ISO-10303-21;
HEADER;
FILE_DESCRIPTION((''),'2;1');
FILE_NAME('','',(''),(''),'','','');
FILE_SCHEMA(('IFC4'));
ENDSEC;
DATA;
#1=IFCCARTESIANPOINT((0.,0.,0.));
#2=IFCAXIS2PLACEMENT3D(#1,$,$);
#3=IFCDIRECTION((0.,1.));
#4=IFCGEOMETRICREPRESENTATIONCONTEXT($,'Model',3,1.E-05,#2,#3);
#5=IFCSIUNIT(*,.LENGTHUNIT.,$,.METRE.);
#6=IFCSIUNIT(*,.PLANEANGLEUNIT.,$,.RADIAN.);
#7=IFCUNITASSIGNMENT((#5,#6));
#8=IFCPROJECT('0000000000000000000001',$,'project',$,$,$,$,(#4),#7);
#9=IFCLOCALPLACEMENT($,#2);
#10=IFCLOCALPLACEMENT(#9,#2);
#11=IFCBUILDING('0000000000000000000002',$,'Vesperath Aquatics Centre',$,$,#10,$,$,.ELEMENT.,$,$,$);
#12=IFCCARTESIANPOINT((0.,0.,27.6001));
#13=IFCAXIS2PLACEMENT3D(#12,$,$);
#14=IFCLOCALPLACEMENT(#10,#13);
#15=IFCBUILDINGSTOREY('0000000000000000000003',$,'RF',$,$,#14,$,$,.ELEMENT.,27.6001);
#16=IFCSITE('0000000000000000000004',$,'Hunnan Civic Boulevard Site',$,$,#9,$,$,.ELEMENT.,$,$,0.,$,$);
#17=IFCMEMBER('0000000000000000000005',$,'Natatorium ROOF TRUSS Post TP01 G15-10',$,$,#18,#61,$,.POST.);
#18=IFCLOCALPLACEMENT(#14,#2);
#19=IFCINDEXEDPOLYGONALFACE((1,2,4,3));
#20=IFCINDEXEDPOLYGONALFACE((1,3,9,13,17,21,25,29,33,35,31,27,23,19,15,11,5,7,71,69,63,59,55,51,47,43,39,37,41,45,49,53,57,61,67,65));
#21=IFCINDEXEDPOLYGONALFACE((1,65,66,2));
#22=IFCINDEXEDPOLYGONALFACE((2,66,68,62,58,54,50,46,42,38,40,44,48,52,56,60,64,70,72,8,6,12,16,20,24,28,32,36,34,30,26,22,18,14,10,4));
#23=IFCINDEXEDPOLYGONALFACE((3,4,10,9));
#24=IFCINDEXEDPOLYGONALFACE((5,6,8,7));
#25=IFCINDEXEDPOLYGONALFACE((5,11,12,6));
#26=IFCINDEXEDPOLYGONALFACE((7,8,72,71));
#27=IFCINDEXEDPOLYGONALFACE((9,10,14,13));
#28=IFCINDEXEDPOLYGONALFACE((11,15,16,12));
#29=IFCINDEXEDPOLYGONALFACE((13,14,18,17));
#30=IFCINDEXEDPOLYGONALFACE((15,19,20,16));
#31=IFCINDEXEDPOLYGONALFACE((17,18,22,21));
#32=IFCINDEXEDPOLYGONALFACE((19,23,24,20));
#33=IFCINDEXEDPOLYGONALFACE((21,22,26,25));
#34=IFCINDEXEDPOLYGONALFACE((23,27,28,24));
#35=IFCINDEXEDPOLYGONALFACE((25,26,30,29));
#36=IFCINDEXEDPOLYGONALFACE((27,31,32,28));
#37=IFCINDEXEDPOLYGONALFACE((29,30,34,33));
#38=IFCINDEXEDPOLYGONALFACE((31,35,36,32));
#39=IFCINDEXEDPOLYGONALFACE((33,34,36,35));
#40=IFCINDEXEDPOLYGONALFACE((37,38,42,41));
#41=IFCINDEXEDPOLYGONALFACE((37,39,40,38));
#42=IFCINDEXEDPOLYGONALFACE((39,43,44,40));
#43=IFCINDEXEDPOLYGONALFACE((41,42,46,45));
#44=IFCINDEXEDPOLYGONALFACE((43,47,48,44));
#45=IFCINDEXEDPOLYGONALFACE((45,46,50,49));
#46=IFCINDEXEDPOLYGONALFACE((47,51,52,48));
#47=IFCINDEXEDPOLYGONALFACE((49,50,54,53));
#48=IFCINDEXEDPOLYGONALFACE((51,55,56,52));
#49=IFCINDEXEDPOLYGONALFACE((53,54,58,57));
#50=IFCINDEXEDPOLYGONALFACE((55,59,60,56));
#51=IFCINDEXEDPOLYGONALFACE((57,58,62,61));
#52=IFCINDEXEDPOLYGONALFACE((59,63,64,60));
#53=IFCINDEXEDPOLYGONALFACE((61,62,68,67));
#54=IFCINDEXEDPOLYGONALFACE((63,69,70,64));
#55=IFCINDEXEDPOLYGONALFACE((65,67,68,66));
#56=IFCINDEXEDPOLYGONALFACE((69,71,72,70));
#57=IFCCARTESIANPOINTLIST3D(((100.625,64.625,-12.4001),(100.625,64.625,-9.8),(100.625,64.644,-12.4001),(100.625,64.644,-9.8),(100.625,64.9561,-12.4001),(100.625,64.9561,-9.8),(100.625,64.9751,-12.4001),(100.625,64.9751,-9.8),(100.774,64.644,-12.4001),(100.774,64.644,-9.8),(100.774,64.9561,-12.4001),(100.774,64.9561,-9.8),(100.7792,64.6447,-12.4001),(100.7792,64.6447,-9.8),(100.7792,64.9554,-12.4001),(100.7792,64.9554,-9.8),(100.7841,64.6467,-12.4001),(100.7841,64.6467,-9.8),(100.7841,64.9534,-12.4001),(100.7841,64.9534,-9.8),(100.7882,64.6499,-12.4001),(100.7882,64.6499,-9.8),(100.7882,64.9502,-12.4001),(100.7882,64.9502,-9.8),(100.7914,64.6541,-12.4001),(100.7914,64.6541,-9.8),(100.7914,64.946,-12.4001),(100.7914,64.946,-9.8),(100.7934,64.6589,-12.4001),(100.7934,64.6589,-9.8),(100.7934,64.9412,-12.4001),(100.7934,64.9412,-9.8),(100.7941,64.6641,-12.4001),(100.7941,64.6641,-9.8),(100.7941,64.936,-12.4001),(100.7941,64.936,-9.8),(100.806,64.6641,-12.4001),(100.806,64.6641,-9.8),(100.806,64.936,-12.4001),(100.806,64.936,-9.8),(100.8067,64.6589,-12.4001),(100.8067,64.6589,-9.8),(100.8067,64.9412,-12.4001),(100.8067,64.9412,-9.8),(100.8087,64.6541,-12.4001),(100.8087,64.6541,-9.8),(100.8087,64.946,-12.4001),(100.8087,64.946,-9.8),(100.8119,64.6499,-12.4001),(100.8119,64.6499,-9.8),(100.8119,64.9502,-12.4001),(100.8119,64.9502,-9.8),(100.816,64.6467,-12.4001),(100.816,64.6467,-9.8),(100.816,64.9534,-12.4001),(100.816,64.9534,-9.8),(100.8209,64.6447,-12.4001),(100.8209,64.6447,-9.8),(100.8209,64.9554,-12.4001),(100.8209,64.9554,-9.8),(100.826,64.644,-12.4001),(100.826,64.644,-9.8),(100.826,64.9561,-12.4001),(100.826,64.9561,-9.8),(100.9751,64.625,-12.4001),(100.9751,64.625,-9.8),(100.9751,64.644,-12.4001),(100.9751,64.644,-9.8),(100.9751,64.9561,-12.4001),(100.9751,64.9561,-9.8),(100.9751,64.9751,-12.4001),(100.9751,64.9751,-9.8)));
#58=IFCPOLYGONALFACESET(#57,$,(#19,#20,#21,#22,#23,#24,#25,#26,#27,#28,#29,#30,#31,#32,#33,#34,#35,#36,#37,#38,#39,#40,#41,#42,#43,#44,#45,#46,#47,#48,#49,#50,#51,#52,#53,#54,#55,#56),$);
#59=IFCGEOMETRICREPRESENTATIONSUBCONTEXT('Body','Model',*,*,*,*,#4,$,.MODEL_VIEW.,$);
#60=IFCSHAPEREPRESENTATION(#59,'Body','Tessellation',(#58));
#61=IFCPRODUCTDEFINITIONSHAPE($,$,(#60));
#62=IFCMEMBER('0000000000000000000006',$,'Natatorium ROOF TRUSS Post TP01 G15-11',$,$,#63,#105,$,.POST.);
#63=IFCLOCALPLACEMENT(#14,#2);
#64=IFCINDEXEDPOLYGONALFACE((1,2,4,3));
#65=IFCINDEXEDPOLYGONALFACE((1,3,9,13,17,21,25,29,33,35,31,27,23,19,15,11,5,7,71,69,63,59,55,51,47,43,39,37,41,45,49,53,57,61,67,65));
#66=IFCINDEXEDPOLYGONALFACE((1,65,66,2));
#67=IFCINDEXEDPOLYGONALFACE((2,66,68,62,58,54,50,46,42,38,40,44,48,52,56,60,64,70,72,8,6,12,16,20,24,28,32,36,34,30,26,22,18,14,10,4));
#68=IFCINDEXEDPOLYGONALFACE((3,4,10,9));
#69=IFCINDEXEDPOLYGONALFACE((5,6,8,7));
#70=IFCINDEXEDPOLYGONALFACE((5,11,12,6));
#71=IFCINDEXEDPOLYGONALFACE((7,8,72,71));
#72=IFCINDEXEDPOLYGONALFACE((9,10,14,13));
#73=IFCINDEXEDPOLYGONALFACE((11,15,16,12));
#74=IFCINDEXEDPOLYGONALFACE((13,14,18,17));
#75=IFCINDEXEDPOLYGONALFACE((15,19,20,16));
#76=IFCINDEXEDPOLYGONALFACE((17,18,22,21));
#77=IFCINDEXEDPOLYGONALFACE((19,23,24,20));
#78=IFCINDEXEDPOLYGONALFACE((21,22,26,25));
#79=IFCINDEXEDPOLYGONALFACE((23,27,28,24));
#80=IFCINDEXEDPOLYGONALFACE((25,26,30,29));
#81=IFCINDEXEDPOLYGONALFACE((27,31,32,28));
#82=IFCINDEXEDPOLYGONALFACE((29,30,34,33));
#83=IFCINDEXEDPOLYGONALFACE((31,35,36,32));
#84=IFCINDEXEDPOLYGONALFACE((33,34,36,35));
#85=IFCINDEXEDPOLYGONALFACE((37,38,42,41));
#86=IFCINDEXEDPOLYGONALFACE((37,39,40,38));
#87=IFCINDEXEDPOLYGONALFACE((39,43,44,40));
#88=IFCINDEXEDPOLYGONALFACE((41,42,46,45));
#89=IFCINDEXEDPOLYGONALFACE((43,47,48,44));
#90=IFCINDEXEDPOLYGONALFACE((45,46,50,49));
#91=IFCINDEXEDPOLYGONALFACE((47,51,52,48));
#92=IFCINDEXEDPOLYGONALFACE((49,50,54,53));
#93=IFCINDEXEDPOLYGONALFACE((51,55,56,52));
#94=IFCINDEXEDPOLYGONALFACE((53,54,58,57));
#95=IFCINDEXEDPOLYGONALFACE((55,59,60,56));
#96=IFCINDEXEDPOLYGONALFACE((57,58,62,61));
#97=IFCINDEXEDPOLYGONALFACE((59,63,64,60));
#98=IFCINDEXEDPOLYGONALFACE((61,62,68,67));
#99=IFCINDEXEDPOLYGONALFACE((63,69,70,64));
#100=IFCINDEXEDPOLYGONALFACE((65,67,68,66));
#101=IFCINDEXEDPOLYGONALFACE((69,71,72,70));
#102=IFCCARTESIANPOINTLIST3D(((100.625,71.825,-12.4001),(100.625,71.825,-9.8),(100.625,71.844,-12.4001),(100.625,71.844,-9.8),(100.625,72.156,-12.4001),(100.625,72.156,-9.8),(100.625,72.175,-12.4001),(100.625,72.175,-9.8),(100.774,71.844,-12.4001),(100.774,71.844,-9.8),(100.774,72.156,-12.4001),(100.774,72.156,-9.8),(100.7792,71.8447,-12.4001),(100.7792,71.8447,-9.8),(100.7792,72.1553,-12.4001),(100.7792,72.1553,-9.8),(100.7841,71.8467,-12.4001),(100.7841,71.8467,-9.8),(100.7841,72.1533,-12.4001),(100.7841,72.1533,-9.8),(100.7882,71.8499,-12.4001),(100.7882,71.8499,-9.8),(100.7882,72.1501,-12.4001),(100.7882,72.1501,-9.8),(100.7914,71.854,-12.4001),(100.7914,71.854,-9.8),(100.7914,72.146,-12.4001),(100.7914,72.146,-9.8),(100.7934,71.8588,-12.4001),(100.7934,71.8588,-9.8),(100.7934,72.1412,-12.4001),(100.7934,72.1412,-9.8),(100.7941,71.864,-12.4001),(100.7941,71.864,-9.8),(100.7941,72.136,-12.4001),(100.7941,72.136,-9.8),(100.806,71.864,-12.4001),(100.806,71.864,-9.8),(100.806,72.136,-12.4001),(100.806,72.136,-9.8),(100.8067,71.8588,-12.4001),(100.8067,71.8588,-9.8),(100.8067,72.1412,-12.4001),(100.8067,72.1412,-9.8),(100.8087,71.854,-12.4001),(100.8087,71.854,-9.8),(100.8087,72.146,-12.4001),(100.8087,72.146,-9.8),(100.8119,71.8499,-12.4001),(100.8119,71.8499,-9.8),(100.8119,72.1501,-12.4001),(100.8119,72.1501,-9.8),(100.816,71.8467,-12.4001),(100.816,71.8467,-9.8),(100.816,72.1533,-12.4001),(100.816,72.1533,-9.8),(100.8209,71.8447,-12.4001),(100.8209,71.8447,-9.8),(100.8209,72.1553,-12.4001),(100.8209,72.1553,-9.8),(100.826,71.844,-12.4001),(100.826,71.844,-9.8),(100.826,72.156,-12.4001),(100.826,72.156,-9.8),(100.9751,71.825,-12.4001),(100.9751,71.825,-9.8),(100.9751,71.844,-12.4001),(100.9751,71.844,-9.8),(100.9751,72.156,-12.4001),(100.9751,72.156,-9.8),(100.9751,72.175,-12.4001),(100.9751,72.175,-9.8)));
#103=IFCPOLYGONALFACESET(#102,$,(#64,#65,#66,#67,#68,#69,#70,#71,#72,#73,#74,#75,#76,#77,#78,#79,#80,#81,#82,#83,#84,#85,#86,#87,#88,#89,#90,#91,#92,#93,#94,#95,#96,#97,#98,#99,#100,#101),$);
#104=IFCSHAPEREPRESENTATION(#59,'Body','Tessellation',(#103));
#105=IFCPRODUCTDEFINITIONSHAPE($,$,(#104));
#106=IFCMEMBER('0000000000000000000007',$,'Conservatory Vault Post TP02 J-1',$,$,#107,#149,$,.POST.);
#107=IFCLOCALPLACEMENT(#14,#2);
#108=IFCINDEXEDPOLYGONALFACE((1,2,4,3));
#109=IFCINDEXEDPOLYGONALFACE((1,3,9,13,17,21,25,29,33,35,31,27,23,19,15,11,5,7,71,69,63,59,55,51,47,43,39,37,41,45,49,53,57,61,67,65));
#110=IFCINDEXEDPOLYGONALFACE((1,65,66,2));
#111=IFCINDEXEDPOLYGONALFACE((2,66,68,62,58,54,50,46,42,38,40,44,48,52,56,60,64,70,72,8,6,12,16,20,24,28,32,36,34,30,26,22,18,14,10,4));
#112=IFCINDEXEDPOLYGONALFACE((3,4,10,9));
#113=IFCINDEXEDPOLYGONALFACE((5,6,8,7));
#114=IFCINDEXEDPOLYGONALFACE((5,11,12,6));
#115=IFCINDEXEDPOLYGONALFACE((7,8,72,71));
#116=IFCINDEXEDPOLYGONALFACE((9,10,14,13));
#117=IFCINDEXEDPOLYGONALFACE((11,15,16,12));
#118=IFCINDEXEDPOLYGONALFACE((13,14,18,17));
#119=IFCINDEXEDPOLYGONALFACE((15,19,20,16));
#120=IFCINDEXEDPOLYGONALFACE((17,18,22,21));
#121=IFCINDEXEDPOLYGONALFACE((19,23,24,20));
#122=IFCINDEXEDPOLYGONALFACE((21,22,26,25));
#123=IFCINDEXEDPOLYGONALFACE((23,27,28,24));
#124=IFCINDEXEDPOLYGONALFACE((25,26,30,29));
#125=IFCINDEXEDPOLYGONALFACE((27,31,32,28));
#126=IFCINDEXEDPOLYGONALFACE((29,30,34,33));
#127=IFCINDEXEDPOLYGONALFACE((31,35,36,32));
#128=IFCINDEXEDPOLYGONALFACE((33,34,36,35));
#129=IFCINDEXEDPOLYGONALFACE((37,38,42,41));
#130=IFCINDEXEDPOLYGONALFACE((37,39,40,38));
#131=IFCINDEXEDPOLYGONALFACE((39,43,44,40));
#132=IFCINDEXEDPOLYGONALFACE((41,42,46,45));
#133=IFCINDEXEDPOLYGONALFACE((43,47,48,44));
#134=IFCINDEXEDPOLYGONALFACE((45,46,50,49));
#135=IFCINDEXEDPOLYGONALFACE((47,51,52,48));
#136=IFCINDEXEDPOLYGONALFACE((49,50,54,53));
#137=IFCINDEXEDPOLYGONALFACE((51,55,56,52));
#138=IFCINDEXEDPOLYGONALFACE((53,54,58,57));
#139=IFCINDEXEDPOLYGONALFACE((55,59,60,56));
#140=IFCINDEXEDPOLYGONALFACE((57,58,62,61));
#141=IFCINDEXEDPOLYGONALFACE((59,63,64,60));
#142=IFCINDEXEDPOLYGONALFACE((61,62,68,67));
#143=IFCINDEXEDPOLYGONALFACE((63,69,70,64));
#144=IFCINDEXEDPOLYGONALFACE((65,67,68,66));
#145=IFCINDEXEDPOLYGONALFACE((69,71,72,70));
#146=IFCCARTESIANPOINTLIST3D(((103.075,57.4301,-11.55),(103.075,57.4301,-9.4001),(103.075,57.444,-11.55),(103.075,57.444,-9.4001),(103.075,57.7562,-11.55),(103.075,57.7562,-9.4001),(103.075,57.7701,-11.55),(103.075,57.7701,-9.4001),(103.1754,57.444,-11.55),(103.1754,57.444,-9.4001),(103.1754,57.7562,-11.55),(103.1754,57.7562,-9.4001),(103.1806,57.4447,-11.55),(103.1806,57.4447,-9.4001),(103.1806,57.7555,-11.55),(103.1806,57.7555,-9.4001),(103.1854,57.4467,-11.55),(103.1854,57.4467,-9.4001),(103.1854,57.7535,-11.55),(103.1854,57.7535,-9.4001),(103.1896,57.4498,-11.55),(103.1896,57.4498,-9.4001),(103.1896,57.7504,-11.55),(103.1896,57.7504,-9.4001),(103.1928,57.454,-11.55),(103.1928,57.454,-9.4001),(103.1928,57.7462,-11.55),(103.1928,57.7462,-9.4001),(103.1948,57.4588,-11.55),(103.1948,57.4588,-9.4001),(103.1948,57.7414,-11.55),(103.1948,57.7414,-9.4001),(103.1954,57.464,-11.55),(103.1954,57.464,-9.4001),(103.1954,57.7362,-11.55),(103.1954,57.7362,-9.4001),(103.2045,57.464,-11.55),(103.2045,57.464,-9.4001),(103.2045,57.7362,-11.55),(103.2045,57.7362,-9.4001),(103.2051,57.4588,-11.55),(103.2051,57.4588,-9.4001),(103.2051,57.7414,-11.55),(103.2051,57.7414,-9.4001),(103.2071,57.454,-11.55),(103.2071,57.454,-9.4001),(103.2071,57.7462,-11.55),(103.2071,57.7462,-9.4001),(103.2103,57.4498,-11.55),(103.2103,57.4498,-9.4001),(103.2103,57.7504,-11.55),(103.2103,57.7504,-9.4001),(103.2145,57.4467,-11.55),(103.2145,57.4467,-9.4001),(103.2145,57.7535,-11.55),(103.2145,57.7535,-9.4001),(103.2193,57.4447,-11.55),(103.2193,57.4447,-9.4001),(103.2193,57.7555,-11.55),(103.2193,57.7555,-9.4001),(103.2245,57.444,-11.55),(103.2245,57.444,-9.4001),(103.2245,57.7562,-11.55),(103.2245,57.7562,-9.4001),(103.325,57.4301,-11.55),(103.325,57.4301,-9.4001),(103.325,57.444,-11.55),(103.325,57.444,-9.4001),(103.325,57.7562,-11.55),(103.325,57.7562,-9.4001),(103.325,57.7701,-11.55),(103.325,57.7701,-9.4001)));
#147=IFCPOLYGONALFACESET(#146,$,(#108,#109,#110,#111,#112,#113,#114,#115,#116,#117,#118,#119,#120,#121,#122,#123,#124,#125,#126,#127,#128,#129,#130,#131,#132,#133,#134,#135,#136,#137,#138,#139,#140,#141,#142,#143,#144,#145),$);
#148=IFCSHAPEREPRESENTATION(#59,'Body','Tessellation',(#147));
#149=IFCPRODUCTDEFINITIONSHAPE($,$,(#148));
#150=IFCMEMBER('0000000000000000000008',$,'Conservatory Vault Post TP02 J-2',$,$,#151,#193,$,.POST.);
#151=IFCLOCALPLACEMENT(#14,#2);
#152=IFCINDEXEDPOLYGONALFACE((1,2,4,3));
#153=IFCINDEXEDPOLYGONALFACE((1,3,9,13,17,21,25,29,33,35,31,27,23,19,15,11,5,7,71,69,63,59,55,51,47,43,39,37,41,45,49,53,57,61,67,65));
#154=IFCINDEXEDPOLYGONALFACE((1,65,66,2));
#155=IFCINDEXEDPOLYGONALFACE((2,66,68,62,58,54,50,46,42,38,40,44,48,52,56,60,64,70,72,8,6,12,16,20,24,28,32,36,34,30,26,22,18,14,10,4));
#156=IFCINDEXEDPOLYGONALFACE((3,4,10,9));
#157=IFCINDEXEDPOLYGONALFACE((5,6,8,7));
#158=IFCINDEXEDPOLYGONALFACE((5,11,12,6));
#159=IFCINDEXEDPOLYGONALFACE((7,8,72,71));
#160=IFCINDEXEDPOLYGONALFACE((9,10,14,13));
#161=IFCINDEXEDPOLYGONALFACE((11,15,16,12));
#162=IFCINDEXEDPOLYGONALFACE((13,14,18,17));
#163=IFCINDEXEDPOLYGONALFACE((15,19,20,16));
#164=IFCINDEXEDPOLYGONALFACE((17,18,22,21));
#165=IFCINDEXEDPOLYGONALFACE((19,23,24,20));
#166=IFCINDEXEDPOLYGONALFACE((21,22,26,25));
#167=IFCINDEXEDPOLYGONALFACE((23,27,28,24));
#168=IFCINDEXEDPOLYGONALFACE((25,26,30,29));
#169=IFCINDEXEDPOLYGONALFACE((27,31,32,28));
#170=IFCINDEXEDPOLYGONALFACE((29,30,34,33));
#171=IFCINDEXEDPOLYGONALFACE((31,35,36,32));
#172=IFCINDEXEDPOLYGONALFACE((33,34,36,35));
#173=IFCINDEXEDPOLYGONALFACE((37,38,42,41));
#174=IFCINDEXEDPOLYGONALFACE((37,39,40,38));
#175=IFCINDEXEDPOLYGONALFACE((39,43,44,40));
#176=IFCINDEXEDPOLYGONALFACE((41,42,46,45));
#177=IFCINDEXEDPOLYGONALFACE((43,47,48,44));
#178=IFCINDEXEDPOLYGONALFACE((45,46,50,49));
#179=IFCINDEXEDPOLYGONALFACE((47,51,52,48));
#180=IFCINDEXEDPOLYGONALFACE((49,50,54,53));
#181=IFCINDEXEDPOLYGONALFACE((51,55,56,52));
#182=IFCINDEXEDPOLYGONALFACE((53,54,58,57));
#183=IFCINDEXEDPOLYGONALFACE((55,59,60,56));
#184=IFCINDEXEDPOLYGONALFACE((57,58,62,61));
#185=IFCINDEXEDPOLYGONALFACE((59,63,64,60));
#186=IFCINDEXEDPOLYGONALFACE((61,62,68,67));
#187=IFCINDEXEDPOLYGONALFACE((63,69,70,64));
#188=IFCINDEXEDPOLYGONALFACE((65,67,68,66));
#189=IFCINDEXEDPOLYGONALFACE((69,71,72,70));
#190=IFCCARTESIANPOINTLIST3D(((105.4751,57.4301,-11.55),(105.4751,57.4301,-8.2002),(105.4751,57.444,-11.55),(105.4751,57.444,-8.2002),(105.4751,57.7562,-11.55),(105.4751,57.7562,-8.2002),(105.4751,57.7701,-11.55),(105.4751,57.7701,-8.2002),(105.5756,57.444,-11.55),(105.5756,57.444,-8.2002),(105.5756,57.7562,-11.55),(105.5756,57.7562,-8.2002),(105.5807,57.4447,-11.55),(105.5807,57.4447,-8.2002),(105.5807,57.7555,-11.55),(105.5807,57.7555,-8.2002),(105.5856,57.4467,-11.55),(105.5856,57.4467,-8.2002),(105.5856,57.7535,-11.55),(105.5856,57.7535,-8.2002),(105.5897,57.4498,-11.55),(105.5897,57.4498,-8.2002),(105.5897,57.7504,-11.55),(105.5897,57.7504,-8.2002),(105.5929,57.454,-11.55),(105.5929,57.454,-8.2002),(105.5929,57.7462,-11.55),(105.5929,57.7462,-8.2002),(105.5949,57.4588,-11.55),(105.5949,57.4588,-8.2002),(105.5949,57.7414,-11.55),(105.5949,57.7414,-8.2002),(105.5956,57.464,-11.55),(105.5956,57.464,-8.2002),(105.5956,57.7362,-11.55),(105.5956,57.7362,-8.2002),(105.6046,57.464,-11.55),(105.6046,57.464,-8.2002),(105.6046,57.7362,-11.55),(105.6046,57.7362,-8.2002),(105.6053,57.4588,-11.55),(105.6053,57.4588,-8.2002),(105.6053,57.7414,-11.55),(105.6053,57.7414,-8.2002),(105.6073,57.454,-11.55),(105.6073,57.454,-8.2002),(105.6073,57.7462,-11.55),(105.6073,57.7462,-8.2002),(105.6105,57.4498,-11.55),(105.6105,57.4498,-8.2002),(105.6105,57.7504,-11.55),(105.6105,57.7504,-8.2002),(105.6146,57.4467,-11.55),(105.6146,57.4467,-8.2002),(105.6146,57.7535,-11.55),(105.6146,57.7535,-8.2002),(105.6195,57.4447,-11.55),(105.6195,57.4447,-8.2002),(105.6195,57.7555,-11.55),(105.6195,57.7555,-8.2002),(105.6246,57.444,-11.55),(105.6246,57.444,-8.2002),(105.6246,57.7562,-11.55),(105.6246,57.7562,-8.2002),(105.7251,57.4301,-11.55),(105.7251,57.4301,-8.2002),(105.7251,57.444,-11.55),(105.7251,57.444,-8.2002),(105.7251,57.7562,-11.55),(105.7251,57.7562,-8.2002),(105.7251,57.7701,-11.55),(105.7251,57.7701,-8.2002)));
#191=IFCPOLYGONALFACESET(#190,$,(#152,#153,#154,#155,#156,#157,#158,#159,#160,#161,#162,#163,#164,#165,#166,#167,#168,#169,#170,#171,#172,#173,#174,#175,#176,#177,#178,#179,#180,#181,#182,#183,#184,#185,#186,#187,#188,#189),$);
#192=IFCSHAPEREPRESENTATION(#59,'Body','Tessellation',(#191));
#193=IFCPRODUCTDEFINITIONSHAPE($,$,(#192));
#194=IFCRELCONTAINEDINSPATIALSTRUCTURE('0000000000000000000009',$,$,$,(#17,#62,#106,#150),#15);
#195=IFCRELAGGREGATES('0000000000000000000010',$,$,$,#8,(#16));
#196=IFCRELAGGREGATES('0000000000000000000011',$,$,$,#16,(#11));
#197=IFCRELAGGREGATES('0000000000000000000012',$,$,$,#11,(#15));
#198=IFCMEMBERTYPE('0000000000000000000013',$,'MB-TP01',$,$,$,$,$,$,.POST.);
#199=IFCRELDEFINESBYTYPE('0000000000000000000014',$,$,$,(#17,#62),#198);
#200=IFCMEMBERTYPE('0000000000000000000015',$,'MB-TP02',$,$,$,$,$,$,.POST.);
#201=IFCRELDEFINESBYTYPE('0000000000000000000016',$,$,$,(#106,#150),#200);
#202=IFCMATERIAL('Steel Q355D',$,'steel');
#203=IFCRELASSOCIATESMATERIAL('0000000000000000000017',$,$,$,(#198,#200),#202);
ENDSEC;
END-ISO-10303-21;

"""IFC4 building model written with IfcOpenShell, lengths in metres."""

from ifc_helpers import new_model, si_unit, direction, frame, origin, origin_2d, place, context, subcontext, project, spatial, i_section, extrude, material, material_profile, profile_set, type_object, element, save


model = new_model("IFC4")

# Units and contexts
model_context = context("Model", 3, precision=1e-05, world=origin(), true_north=direction((0.0, 1.0)))
body_context = subcontext(model_context, "Body", "Model", "MODEL_VIEW")
ifc_project = project(units=[si_unit("LENGTHUNIT", "METRE"), si_unit("PLANEANGLEUNIT", "RADIAN")], contexts=[model_context])

# Site, building, storey
site_placement = place(None, origin())
site = spatial("IfcSite", under=ifc_project, at=site_placement, Name="Hunnan Civic Boulevard Site", CompositionType="ELEMENT", RefElevation=0.0)
building_placement = place(site_placement, origin())
building = spatial("IfcBuilding", under=site, at=building_placement, Name="Vesperath Aquatics Centre", CompositionType="ELEMENT")
storey_placement = place(building_placement, frame((0.0, 0.0, 27.6001)))
storey = spatial("IfcBuildingStorey", under=building, at=storey_placement, Name="RF", CompositionType="ELEMENT", Elevation=27.6001)

# Shared definitions
ifc_material_1 = material(Name="Steel Q355D", Category="steel")

# Members
ifc_material_profile_1 = material_profile(ifc_material_1, i_section(OverallWidth=0.3501, OverallDepth=0.3501, WebThickness=0.012, FlangeThickness=0.019, FilletRadius=0.02, at=origin_2d()), Name="HW 350x350x12x19")
ifc_profile_set_1 = profile_set([ifc_material_profile_1], Name="Steel Q355D")
member_type_1 = type_object("IfcMemberType", Name="MB-TP01", PredefinedType="POST", material=ifc_profile_set_1)
for number, where, z_axis, x_axis, name in (
    (1, (100.8, 64.8, -12.4001), (0.0, 0.0, 1.0), (1.0, 0.0, 0.0), "Natatorium ROOF TRUSS Post TP01 G15-10"),
    (2, (100.8, 72.0, -12.4001), (0.0, 0.0, 1.0), (1.0, 0.0, 0.0), "Natatorium ROOF TRUSS Post TP01 G15-11"),
):
    element("IfcMember", number, at=place(storey_placement, frame(where, z_axis=z_axis, x_axis=x_axis)), inside=storey, type_object=member_type_1, Name=name, PredefinedType="POST", context=body_context, shape_type="SweptSolid", body=[
        extrude(i_section(OverallWidth=0.3501, OverallDepth=0.3501, WebThickness=0.012, FlangeThickness=0.019, FilletRadius=0.02, at=origin_2d()), origin(), (0.0, 0.0, 1.0), 2.6001),
    ])
ifc_material_profile_2 = material_profile(ifc_material_1, i_section(OverallWidth=0.25, OverallDepth=0.3401, WebThickness=0.009, FlangeThickness=0.0139, FilletRadius=0.02, at=origin_2d()), Name="HM 340x250x9x14")
ifc_profile_set_2 = profile_set([ifc_material_profile_2], Name="Steel Q355D")
member_type_2 = type_object("IfcMemberType", Name="MB-TP02", PredefinedType="POST", material=ifc_profile_set_2)
member_1_placement = place(storey_placement, frame((103.2, 57.6001, -11.55), z_axis=(0.0, 0.0, 1.0), x_axis=(1.0, 0.0, 0.0)))
element("IfcMember", 3, at=member_1_placement, inside=storey, type_object=member_type_2, Name="Conservatory Vault Post TP02 J-1", PredefinedType="POST", context=body_context, shape_type="SweptSolid", body=[
    extrude(i_section(OverallWidth=0.25, OverallDepth=0.3401, WebThickness=0.009, FlangeThickness=0.0139, FilletRadius=0.02, at=origin_2d()), origin(), (0.0, 0.0, 1.0), 2.1499),
])
member_2_placement = place(storey_placement, frame((105.6001, 57.6001, -11.55), z_axis=(0.0, 0.0, 1.0), x_axis=(1.0, 0.0, 0.0)))
element("IfcMember", 4, at=member_2_placement, inside=storey, type_object=member_type_2, Name="Conservatory Vault Post TP02 J-2", PredefinedType="POST", context=body_context, shape_type="SweptSolid", body=[
    extrude(i_section(OverallWidth=0.25, OverallDepth=0.3401, WebThickness=0.009, FlangeThickness=0.0139, FilletRadius=0.02, at=origin_2d()), origin(), (0.0, 0.0, 1.0), 3.3499),
])

save(model, "model.ifc")
